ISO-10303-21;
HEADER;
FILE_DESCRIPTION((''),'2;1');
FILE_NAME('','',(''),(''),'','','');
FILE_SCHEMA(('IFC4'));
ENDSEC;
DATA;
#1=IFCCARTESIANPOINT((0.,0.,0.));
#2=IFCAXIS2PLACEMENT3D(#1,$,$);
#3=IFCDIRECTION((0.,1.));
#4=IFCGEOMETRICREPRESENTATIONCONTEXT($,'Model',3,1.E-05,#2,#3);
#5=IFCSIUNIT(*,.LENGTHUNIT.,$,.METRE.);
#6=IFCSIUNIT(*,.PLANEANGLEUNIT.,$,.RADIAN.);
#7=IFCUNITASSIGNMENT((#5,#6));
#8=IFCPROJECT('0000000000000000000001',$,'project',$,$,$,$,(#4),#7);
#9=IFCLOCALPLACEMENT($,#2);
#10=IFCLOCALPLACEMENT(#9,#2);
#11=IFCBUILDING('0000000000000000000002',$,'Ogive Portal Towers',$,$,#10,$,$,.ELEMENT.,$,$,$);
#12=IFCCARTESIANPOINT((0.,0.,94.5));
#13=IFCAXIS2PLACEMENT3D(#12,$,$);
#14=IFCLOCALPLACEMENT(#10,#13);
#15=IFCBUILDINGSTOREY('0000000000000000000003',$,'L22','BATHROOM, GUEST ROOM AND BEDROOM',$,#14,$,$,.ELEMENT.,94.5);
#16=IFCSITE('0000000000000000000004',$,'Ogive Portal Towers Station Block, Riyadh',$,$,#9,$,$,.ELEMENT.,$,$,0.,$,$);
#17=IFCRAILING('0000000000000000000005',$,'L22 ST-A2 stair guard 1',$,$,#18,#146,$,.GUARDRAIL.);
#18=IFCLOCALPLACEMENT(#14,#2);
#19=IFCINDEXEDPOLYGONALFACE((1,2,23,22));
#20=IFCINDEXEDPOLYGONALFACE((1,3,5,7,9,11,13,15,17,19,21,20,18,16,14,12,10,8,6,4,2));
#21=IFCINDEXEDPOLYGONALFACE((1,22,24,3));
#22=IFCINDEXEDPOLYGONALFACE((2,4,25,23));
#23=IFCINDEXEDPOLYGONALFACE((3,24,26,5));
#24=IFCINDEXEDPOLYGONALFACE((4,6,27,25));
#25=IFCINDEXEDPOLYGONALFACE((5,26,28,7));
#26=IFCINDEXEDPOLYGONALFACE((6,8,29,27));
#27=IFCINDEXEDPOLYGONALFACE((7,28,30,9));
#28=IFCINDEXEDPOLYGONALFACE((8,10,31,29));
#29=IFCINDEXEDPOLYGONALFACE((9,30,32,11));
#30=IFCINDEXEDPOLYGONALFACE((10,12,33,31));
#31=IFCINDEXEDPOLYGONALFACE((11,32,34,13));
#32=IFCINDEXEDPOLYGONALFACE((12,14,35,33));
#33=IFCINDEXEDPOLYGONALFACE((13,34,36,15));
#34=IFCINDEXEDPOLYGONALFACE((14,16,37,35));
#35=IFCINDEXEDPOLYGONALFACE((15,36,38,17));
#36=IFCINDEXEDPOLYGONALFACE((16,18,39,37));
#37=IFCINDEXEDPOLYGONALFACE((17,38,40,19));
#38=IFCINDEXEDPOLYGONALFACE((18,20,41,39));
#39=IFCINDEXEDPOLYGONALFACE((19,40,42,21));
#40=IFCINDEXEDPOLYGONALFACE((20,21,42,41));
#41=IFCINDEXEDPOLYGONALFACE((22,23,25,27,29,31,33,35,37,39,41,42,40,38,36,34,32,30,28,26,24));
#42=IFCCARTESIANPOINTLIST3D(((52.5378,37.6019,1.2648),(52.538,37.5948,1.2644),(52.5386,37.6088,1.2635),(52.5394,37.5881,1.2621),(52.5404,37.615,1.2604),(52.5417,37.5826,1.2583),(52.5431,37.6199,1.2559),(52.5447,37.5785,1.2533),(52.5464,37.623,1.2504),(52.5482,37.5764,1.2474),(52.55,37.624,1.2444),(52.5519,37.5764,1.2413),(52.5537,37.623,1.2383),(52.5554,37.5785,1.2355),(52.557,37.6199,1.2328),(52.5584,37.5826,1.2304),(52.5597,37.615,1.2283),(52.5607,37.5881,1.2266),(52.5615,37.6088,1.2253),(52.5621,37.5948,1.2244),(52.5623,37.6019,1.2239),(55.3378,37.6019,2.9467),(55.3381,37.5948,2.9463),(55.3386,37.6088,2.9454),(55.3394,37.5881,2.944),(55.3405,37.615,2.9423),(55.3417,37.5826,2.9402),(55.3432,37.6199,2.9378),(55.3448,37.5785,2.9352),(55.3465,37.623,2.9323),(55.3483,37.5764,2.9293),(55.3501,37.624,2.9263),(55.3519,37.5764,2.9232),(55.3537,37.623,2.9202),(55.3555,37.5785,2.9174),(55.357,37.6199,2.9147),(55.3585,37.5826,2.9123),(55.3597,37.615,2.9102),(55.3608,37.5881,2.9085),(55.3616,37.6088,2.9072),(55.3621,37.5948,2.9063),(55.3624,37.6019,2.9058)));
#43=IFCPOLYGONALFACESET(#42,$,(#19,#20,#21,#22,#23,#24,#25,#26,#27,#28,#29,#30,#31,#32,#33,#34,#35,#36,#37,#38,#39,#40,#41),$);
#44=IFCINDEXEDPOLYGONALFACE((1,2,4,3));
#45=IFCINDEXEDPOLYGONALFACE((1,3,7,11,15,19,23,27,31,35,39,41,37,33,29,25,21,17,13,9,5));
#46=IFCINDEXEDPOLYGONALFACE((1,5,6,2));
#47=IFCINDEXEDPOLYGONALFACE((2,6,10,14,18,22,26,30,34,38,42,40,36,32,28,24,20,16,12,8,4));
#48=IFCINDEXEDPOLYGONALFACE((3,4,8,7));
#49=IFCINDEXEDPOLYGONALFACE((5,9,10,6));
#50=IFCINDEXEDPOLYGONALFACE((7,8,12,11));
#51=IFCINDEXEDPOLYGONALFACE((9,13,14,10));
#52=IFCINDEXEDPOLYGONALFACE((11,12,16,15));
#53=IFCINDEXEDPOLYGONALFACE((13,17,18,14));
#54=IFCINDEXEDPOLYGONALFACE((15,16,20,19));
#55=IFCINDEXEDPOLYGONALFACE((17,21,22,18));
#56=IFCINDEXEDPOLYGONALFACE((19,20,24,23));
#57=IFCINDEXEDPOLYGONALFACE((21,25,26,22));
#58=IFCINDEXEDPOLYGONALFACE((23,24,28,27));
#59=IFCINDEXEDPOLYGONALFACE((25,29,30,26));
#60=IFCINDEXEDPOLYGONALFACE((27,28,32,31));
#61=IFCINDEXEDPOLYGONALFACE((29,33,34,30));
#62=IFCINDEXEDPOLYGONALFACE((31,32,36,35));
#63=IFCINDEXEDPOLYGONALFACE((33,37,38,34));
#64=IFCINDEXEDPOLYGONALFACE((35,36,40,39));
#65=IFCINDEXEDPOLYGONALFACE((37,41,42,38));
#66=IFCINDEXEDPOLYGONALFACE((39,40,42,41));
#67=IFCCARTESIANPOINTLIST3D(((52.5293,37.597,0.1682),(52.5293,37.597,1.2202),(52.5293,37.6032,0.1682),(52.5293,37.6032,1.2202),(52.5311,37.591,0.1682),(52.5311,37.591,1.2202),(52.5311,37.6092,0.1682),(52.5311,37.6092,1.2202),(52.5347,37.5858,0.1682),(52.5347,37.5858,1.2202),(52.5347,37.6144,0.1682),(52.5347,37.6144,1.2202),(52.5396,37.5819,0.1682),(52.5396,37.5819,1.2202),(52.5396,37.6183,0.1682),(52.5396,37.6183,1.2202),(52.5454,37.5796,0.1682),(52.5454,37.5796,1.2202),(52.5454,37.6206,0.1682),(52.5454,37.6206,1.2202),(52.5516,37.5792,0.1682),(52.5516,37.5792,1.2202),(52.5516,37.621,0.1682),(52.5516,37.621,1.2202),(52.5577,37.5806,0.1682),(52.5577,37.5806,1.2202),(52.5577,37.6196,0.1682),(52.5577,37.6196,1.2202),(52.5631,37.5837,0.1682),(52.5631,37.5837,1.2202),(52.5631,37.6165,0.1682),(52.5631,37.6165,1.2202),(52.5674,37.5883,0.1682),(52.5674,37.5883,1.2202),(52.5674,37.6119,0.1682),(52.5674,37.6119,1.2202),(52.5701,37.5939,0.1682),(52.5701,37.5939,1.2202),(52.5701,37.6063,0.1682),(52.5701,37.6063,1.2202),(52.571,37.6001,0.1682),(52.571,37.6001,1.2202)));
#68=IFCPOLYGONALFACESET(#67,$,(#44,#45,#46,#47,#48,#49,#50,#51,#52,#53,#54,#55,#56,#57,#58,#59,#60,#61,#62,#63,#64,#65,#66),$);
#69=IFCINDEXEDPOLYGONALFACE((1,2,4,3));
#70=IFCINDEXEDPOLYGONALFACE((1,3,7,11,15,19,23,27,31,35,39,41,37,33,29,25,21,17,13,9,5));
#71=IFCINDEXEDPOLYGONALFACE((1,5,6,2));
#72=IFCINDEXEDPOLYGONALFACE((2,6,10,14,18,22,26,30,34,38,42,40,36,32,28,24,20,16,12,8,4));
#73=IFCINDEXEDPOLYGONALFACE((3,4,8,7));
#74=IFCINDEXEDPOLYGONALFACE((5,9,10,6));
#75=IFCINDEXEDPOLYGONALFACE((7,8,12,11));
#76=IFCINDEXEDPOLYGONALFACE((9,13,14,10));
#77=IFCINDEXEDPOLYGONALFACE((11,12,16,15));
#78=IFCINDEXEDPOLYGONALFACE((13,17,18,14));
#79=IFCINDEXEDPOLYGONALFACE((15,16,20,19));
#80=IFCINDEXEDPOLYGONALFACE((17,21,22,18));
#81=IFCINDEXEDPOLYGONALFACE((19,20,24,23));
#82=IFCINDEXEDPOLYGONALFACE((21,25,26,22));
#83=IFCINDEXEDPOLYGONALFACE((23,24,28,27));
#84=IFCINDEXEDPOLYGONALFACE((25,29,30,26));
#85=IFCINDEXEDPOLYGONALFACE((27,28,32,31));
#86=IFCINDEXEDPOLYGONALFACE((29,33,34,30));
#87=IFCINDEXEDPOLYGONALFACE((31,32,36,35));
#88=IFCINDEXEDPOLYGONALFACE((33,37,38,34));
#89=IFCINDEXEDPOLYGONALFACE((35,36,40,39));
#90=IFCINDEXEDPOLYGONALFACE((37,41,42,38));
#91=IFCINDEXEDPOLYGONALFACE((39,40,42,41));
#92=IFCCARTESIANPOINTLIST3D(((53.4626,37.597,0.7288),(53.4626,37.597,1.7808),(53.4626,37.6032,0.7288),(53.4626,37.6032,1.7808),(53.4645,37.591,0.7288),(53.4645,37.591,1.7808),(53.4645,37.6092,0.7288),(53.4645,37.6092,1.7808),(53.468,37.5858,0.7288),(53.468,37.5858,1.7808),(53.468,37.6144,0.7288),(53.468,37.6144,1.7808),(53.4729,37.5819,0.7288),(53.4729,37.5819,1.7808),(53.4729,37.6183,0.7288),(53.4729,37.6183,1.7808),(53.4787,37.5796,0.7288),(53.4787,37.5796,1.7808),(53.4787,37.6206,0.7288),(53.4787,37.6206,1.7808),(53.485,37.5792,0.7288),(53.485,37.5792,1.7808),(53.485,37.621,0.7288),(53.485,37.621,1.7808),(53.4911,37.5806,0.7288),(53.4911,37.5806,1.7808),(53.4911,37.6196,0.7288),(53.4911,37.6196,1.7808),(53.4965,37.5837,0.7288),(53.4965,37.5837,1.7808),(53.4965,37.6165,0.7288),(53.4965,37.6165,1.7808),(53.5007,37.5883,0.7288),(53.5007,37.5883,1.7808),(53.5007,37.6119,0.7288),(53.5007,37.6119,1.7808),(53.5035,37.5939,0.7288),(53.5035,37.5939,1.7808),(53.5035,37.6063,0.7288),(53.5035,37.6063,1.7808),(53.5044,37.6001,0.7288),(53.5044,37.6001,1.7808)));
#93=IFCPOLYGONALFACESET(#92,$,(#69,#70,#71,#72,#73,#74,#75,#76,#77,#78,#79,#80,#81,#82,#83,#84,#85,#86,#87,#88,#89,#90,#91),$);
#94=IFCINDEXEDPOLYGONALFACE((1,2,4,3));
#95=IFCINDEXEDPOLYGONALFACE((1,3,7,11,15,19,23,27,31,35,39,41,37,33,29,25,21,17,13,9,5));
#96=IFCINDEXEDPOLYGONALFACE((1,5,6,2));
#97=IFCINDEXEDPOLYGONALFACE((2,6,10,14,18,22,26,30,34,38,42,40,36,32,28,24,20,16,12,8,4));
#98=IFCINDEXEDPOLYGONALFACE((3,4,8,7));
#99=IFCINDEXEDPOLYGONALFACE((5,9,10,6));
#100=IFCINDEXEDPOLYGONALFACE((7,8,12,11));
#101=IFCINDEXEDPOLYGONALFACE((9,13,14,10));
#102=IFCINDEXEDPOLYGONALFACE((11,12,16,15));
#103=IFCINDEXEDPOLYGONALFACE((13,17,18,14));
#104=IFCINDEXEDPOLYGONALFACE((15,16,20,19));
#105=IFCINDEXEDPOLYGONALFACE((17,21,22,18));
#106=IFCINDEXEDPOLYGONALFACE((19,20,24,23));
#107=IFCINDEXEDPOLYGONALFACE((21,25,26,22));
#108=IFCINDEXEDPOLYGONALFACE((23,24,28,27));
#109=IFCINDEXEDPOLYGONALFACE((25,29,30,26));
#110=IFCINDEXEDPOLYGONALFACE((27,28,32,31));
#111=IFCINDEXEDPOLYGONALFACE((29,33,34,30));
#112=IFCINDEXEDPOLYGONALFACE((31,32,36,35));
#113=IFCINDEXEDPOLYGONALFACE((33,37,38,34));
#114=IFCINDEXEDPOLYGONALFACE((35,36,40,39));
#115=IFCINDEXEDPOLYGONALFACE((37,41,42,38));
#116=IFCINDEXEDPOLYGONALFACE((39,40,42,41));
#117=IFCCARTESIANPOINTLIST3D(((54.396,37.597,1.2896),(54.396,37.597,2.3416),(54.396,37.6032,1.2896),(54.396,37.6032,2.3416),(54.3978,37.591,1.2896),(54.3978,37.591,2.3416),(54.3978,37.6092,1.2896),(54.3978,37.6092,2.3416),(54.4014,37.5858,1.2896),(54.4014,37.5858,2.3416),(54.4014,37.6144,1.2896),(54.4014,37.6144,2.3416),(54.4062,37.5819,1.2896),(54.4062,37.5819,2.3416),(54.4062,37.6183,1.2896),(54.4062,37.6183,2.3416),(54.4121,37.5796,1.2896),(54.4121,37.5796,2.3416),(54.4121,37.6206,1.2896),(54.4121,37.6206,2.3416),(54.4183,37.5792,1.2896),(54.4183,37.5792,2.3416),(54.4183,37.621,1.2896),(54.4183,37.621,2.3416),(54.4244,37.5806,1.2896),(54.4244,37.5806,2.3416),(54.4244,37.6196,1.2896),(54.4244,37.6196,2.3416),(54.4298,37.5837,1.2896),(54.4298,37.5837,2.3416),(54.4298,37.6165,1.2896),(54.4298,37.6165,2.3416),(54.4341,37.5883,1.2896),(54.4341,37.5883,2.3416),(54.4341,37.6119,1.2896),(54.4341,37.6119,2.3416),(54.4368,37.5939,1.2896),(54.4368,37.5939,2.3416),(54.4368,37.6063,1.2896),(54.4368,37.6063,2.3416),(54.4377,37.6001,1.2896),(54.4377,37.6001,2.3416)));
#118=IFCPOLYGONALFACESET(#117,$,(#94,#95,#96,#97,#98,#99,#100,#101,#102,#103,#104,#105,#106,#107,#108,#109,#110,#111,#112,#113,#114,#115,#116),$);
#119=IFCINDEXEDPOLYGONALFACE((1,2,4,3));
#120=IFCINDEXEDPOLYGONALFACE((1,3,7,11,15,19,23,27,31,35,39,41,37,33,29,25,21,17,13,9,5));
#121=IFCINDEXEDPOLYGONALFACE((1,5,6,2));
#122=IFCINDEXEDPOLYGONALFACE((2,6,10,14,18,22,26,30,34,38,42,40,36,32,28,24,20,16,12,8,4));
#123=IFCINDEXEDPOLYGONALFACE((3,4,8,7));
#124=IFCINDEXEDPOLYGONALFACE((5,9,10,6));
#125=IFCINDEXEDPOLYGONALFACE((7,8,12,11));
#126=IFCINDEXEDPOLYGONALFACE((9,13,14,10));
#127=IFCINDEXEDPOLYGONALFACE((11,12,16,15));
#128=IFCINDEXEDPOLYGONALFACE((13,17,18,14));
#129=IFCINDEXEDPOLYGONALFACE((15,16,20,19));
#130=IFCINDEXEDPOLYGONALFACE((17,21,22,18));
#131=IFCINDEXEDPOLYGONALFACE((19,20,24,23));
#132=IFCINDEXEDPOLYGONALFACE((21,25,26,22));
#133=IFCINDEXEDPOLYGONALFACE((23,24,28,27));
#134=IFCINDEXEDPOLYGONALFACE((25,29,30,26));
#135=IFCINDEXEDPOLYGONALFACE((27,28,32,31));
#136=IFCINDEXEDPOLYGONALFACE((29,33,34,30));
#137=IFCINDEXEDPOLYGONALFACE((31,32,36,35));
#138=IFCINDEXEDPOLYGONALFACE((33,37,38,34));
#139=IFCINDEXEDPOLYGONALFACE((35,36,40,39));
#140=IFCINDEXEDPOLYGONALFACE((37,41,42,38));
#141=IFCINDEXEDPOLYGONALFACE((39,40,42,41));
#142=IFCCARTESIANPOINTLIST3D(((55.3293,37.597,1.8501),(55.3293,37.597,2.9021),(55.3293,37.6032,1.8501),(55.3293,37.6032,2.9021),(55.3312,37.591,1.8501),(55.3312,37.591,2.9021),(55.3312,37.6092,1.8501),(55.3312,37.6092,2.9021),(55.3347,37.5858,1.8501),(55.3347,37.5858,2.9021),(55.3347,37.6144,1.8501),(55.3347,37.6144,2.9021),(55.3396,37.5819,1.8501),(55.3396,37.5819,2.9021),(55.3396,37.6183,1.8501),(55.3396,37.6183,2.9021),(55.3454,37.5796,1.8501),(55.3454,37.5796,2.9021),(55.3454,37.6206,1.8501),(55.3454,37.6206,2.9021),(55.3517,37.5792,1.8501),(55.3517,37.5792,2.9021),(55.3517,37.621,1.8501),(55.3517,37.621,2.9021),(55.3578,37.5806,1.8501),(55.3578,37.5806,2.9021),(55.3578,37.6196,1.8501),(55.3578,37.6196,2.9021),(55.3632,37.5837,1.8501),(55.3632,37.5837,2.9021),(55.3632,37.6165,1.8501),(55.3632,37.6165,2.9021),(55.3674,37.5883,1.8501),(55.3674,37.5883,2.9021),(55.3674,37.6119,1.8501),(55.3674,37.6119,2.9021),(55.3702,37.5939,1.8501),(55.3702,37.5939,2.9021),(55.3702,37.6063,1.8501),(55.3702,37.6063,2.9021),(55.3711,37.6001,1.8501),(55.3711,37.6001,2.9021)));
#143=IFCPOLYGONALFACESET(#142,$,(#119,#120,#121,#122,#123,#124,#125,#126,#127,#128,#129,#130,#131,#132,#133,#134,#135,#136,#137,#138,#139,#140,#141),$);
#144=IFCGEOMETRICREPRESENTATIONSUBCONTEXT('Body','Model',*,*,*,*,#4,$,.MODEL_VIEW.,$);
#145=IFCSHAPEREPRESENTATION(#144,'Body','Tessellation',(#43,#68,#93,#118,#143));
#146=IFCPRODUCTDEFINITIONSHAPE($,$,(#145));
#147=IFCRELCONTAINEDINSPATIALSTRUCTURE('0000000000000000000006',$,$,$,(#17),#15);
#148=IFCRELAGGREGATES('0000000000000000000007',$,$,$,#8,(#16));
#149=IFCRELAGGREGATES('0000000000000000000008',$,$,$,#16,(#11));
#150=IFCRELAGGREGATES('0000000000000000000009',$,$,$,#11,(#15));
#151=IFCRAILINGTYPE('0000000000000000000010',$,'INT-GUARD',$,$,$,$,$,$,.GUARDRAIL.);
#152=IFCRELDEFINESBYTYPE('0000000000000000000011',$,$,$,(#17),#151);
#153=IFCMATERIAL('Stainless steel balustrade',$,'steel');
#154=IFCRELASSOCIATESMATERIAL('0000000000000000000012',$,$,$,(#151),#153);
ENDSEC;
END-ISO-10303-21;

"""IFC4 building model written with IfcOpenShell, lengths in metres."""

from ifc_helpers import new_model, si_unit, direction, frame, origin, origin_2d, place, context, subcontext, project, spatial, circle, extrude, material, type_object, element, save


model = new_model("IFC4")

# Units and contexts
model_context = context("Model", 3, precision=1e-05, world=origin(), true_north=direction((0.0, 1.0)))
body_context = subcontext(model_context, "Body", "Model", "MODEL_VIEW")
ifc_project = project(units=[si_unit("LENGTHUNIT", "METRE"), si_unit("PLANEANGLEUNIT", "RADIAN")], contexts=[model_context])

# Site, building, storey
site_placement = place(None, origin())
site = spatial("IfcSite", under=ifc_project, at=site_placement, Name="Ogive Portal Towers Station Block, Riyadh", CompositionType="ELEMENT", RefElevation=0.0)
building_placement = place(site_placement, origin())
building = spatial("IfcBuilding", under=site, at=building_placement, Name="Ogive Portal Towers", CompositionType="ELEMENT")
storey_placement = place(building_placement, frame((0.0, 0.0, 94.5)))
storey = spatial("IfcBuildingStorey", under=building, at=storey_placement, Name="L22", Description="BATHROOM, GUEST ROOM AND BEDROOM", CompositionType="ELEMENT", Elevation=94.5)

# Railing
ifc_material_1 = material(Name="Stainless steel balustrade", Category="steel")
railing_type_1 = type_object("IfcRailingType", Name="INT-GUARD", PredefinedType="GUARDRAIL", material=ifc_material_1)
railing_1_placement = place(storey_placement, frame((52.55, 37.6001, 0.1682)))
element("IfcRailing", 1, at=railing_1_placement, inside=storey, type_object=railing_type_1, Name="L22 ST-A2 stair guard 1", PredefinedType="GUARDRAIL", context=body_context, shape_type="SweptSolid", body=[
    extrude(circle(Radius=0.0239, at=origin_2d()), frame((0.0, 0.0, 1.0762), z_axis=(0.857242, 0.0, 0.514913), x_axis=(0.0, 1.0, 0.0)), (0.0, 0.0, 1.0), 3.2664),
    extrude(circle(Radius=0.021, at=origin_2d()), origin(), (0.0, 0.0, 1.0), 1.052),
    extrude(circle(Radius=0.021, at=origin_2d()), frame((0.9333, 0.0, 0.5605)), (0.0, 0.0, 1.0), 1.052),
    extrude(circle(Radius=0.021, at=origin_2d()), frame((1.8667, 0.0, 1.1213)), (0.0, 0.0, 1.0), 1.052),
    extrude(circle(Radius=0.021, at=origin_2d()), frame((2.8, 0.0, 1.6819)), (0.0, 0.0, 1.0), 1.052),
])

save(model, "model.ifc")
